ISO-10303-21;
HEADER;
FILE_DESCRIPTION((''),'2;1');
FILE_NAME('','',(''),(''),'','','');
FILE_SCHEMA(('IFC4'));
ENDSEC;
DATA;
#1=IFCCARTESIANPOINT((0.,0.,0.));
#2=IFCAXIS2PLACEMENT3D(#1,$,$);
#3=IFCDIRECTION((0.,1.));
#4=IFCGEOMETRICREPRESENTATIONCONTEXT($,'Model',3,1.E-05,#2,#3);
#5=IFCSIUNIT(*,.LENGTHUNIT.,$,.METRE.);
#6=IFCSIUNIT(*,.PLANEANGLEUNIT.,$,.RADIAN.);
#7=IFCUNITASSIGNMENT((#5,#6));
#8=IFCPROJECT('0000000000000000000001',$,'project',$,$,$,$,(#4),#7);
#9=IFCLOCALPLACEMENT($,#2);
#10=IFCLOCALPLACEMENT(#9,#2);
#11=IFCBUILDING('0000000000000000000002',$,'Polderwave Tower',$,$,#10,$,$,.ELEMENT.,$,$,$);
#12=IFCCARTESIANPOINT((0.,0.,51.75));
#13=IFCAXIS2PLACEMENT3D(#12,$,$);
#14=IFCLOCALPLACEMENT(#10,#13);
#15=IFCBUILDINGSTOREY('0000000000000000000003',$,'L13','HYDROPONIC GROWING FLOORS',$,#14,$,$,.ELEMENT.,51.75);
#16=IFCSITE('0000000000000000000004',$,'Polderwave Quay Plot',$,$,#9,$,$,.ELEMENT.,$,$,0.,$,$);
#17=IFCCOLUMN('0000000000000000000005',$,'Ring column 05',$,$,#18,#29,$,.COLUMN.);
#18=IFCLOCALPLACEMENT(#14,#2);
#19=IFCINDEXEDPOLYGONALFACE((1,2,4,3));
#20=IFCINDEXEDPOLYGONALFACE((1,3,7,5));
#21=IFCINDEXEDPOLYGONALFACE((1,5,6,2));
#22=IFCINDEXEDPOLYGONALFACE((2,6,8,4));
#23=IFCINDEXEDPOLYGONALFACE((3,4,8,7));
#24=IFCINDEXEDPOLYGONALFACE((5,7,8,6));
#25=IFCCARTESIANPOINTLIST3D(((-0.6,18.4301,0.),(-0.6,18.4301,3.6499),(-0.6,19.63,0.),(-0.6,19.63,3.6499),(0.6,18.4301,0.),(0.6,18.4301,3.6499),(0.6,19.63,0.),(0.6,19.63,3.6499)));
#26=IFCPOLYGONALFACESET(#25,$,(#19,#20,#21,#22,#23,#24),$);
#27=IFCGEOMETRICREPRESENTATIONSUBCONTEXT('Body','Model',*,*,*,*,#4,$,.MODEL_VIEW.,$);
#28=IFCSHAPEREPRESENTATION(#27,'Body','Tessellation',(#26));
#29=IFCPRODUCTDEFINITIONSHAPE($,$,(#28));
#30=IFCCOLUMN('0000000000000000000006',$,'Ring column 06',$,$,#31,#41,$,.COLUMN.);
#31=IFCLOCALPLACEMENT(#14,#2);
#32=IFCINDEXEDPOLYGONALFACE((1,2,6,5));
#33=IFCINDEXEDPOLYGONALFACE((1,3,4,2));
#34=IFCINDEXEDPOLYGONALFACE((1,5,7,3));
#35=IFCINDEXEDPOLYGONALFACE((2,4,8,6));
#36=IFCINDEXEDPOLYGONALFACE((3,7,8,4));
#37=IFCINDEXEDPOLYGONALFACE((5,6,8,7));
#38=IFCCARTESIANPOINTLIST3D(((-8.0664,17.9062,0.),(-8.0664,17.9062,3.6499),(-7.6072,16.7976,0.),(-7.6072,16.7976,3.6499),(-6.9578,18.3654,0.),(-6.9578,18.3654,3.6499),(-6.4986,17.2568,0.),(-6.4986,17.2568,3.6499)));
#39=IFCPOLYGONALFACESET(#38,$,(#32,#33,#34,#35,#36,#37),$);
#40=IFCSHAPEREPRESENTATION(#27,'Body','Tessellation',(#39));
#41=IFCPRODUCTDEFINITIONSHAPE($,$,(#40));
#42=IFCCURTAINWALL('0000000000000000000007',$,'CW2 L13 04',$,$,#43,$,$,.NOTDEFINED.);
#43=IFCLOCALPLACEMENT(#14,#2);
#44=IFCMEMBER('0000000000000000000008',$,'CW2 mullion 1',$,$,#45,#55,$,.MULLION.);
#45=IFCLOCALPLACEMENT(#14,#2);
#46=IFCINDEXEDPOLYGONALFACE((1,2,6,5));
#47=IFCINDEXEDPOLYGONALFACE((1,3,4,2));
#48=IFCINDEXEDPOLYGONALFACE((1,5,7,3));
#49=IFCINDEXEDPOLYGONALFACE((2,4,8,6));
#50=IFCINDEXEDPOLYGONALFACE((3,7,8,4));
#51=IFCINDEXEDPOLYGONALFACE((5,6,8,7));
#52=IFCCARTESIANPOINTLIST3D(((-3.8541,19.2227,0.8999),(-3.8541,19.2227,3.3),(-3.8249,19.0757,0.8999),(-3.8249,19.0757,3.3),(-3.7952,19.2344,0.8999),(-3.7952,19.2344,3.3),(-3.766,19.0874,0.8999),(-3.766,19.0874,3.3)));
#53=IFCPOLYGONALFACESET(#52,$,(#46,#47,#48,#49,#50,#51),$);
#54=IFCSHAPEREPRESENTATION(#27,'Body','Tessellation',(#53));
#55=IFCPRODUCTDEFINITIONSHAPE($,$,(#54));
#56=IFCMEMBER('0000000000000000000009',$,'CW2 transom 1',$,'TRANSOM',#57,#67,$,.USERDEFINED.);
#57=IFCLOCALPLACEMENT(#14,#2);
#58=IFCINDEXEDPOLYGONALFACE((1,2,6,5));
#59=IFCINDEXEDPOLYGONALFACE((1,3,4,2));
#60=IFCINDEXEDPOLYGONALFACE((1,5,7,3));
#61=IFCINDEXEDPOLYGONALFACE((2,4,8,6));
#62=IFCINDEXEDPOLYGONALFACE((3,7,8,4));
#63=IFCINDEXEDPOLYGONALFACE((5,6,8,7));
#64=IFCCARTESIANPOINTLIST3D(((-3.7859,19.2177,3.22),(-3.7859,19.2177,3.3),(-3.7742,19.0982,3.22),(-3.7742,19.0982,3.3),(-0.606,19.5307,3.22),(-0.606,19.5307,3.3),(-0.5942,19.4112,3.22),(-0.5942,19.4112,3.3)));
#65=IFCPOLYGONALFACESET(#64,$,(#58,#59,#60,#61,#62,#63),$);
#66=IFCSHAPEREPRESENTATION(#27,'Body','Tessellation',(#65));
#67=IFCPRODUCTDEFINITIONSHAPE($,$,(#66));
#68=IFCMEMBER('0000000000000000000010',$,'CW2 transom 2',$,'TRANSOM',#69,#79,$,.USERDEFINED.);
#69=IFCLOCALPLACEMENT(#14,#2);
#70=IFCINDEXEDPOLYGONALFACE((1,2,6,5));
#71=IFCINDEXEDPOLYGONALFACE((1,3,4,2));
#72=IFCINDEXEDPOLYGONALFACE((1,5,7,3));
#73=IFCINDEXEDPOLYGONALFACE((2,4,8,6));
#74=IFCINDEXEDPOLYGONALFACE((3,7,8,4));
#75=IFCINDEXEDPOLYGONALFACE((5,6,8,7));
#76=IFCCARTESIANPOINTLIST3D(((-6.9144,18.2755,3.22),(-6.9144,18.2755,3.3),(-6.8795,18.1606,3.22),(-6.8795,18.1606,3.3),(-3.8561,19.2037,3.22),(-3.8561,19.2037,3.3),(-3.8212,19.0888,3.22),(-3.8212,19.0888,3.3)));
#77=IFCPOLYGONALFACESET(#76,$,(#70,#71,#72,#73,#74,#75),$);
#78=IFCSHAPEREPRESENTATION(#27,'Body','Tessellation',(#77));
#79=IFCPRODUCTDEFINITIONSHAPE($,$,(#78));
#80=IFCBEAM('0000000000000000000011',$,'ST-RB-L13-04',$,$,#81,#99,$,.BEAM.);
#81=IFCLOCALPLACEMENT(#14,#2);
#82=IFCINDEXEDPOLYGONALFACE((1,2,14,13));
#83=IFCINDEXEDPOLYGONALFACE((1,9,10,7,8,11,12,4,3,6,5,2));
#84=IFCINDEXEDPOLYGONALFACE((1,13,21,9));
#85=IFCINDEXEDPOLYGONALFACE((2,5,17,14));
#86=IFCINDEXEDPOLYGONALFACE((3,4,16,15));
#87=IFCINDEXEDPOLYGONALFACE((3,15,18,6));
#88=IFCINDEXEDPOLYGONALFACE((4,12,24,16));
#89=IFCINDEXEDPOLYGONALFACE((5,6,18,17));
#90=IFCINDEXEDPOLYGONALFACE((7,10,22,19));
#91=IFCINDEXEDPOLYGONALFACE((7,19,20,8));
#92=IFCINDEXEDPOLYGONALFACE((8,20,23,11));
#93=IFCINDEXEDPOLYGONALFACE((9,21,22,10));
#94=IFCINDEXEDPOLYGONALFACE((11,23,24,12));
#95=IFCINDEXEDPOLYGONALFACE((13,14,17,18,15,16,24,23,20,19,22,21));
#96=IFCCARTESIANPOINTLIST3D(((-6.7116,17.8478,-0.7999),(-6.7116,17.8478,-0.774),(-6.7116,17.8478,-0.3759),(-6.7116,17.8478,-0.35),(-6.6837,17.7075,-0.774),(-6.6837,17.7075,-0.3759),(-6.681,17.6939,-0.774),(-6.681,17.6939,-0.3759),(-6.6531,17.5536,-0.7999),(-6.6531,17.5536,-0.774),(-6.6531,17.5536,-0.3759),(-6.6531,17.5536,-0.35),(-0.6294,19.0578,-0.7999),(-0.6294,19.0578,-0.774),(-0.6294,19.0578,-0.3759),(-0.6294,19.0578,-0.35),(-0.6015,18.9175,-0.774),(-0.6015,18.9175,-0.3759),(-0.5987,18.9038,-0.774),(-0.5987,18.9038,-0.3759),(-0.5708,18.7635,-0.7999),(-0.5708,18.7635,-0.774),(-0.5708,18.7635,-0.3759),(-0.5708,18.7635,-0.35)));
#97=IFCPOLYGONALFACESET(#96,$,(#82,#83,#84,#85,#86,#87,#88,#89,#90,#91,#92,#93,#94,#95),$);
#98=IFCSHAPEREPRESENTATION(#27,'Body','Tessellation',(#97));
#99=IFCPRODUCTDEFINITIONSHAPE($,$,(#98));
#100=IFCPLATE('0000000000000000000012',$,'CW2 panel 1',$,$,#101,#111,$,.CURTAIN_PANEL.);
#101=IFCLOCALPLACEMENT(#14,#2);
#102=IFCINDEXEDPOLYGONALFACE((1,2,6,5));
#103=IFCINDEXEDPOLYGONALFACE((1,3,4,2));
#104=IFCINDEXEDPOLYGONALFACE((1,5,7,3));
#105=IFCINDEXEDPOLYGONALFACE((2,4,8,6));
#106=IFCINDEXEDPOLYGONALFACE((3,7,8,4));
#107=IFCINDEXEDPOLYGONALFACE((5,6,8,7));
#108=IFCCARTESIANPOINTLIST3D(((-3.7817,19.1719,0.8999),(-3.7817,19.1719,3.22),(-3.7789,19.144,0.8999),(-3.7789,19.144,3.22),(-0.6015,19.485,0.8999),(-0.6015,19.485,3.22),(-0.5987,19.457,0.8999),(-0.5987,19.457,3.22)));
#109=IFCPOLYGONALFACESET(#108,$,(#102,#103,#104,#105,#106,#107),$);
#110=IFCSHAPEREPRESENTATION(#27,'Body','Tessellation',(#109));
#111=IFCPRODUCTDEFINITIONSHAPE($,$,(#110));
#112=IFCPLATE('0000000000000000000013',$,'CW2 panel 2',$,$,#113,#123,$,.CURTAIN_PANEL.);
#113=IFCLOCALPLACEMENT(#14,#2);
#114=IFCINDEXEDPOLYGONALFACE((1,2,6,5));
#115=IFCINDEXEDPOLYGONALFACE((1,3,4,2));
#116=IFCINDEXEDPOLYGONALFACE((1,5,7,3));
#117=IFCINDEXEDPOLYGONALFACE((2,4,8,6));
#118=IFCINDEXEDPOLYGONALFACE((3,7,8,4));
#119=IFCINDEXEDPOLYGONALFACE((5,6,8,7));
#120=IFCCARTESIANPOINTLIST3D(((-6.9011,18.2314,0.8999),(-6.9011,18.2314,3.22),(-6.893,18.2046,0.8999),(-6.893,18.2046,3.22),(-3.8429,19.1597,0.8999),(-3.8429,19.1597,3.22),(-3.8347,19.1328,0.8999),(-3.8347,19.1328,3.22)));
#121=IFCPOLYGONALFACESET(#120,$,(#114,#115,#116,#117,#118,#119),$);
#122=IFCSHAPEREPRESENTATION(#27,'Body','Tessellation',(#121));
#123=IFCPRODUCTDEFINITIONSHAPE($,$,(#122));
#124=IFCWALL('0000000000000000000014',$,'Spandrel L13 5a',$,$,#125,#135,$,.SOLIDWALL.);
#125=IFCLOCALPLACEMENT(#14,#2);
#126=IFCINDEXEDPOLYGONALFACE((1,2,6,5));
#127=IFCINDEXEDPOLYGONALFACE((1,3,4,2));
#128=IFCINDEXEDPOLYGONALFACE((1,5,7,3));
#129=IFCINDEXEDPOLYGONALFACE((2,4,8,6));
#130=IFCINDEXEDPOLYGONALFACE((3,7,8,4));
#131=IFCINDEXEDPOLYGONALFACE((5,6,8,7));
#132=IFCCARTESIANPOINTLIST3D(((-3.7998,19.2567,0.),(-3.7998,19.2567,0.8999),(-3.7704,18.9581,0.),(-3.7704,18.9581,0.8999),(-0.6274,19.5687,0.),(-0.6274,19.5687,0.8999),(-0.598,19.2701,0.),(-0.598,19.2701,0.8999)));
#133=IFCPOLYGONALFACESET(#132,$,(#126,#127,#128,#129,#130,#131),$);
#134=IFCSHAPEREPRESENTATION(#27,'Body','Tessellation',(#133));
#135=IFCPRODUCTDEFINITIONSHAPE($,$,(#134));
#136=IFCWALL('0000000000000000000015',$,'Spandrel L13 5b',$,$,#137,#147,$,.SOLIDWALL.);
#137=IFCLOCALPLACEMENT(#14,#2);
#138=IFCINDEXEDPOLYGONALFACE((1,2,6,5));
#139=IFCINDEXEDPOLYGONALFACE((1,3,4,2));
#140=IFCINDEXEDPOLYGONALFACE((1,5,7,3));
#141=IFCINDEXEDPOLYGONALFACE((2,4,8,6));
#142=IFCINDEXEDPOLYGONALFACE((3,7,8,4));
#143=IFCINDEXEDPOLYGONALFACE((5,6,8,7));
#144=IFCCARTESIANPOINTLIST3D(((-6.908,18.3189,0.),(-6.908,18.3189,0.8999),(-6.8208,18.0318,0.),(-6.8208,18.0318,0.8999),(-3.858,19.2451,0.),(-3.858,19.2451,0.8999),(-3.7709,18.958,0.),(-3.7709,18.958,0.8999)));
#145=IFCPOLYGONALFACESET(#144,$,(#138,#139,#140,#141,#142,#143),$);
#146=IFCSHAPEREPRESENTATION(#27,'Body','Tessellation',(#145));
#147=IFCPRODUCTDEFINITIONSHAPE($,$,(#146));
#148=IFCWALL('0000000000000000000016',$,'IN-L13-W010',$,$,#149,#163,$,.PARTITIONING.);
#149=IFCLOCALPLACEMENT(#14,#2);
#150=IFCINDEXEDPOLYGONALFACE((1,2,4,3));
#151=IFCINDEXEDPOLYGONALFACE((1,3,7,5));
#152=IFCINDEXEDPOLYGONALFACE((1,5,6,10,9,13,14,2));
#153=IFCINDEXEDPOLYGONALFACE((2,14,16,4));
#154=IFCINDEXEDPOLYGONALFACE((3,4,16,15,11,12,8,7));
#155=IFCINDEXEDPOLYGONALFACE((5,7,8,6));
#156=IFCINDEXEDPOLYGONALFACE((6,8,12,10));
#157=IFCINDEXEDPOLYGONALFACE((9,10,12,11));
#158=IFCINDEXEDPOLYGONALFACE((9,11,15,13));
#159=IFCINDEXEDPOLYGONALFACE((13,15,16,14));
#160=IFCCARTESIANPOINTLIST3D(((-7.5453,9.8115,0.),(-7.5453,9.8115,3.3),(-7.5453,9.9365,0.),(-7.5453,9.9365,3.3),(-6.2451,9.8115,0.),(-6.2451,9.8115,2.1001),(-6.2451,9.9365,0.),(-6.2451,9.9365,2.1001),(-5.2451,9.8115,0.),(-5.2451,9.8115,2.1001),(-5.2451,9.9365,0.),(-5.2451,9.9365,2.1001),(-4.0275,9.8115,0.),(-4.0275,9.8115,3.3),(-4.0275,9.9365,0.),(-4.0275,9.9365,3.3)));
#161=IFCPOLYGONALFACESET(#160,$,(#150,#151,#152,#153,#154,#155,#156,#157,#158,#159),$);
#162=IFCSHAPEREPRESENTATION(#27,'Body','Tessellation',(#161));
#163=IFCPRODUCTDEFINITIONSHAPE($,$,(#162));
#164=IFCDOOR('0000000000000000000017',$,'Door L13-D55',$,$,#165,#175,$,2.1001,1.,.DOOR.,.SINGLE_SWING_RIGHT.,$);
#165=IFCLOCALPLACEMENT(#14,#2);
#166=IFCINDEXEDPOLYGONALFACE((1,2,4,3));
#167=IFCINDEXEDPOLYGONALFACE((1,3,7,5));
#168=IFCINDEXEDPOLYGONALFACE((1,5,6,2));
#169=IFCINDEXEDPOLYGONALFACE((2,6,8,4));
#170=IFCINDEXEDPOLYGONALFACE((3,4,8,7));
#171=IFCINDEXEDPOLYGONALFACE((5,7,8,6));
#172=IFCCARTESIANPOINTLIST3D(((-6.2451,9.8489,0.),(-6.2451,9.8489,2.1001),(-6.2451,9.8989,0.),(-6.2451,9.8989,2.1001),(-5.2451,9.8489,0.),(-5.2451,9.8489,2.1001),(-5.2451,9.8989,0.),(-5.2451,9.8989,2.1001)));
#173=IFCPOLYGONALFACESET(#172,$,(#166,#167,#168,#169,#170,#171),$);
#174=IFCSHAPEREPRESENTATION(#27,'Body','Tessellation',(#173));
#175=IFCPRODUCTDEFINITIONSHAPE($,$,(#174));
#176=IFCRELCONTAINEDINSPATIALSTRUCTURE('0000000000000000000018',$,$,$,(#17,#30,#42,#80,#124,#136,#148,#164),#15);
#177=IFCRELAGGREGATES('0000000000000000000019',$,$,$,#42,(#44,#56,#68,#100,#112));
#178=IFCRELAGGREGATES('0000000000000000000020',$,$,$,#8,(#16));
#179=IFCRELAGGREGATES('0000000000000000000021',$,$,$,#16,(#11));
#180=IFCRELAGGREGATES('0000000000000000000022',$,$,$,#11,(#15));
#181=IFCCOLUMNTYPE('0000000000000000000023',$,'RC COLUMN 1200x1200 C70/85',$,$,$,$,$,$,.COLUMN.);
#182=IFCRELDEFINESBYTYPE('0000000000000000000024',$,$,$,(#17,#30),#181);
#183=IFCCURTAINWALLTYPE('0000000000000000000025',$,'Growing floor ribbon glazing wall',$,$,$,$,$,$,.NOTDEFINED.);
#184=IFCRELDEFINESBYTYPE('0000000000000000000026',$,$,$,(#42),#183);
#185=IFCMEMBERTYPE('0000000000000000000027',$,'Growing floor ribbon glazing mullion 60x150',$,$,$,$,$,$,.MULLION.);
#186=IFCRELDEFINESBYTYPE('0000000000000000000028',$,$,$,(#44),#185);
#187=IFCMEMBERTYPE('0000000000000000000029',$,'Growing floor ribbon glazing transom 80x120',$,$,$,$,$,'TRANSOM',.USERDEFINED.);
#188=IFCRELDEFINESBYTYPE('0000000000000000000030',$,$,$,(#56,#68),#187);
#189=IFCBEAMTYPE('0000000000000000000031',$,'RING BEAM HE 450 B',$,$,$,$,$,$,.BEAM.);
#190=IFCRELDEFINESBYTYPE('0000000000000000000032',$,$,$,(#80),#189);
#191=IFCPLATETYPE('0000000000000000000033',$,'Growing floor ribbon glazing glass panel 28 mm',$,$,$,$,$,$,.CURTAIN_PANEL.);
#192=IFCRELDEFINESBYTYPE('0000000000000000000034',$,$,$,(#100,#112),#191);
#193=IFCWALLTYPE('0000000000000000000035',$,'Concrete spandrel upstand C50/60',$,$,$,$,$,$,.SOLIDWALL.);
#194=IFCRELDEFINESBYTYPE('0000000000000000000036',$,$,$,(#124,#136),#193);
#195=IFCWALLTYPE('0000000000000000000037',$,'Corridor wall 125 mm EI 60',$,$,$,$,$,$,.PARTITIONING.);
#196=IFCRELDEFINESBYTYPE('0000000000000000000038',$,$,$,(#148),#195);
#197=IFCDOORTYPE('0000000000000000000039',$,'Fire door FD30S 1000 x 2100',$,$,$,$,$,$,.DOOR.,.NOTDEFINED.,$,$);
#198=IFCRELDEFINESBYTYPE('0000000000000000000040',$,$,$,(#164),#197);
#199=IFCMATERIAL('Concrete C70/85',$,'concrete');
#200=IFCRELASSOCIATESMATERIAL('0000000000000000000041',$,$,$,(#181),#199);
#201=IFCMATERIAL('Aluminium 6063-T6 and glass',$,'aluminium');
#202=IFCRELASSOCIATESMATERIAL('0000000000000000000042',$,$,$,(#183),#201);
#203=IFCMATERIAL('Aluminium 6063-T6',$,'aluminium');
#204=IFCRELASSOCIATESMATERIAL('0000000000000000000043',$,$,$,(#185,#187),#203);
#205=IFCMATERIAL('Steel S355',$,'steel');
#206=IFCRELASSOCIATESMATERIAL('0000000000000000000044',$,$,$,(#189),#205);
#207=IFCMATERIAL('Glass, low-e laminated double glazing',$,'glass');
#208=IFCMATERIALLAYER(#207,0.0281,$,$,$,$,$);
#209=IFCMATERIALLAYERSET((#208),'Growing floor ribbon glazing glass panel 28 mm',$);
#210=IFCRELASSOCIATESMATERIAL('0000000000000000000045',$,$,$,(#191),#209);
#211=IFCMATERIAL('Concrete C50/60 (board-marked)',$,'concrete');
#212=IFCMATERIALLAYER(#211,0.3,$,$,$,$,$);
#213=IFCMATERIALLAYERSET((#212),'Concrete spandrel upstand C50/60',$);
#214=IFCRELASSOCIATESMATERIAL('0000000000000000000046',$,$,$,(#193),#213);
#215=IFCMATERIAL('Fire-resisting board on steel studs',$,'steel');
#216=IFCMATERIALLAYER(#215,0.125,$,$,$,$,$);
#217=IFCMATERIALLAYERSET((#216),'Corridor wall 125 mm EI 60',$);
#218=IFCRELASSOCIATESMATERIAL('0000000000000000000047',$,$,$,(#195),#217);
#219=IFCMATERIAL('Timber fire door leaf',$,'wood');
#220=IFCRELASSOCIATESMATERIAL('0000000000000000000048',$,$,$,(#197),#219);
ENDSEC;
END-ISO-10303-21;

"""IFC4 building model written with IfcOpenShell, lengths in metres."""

from ifc_helpers import new_model, si_unit, direction, frame, frame_2d, origin, origin_2d, place, context, subcontext, project, spatial, rectangle, i_section, extrude, material, layer, layer_set, material_profile, profile_set, type_object, element, fill, aggregate, save


model = new_model("IFC4")

# Units and contexts
model_context = context("Model", 3, precision=1e-05, world=origin(), true_north=direction((0.0, 1.0)))
body_context = subcontext(model_context, "Body", "Model", "MODEL_VIEW")
ifc_project = project(units=[si_unit("LENGTHUNIT", "METRE"), si_unit("PLANEANGLEUNIT", "RADIAN")], contexts=[model_context])

# Site, building, storey
site_placement = place(None, origin())
site = spatial("IfcSite", under=ifc_project, at=site_placement, Name="Polderwave Quay Plot", CompositionType="ELEMENT", RefElevation=0.0)
building_placement = place(site_placement, origin())
building = spatial("IfcBuilding", under=site, at=building_placement, Name="Polderwave Tower", CompositionType="ELEMENT")
storey_placement = place(building_placement, frame((0.0, 0.0, 51.75)))
storey = spatial("IfcBuildingStorey", under=building, at=storey_placement, Name="L13", Description="HYDROPONIC GROWING FLOORS", CompositionType="ELEMENT", Elevation=51.75)

# Columns
ifc_material_1 = material(Name="Concrete C70/85", Category="concrete")
ifc_material_profile_1 = material_profile(ifc_material_1, rectangle(XDim=1.2, YDim=1.2, at=origin_2d()), Name="RC 1200x1200")
ifc_profile_set_1 = profile_set([ifc_material_profile_1], Name="Concrete C70/85")
column_type = type_object("IfcColumnType", Name="RC COLUMN 1200x1200 C70/85", PredefinedType="COLUMN", material=ifc_profile_set_1)
for number, where, z_axis, x_axis, name in (
    (1, (0.0, 19.03, 0.0), (0.0, 0.0, 1.0), (0.0, 1.0, 0.0), "Ring column 05"),
    (2, (-7.2825, 17.5815, 0.0), (0.0, 0.0, 1.0), (-0.382683, 0.92388, 0.0), "Ring column 06"),
):
    element("IfcColumn", number, at=place(storey_placement, frame(where, z_axis=z_axis, x_axis=x_axis)), inside=storey, type_object=column_type, Name=name, PredefinedType="COLUMN", context=body_context, shape_type="SweptSolid", body=[
        extrude(rectangle(XDim=1.2, YDim=1.2, at=origin_2d()), origin(), (0.0, 0.0, 1.0), 3.6499),
    ])

# Curtain wall, members
ifc_material_2 = material(Name="Aluminium 6063-T6 and glass", Category="aluminium")
curtain_wall_type = type_object("IfcCurtainWallType", Name="Growing floor ribbon glazing wall", PredefinedType="NOTDEFINED", material=ifc_material_2)
curtain_wall_placement = place(storey_placement, origin())
curtain_wall = element("IfcCurtainWall", 3, at=curtain_wall_placement, inside=storey, type_object=curtain_wall_type, Name="CW2 L13 04", PredefinedType="NOTDEFINED")
ifc_material_3 = material(Name="Aluminium 6063-T6", Category="aluminium")
ifc_material_profile_2 = material_profile(ifc_material_3, rectangle(XDim=0.1499, YDim=0.0601, at=origin_2d()), Name="AL 60x150")
ifc_profile_set_2 = profile_set([ifc_material_profile_2], Name="Aluminium 6063-T6")
member_type_1 = type_object("IfcMemberType", Name="Growing floor ribbon glazing mullion 60x150", PredefinedType="MULLION", material=ifc_profile_set_2)
member_1_placement = place(storey_placement, frame((-3.8101, 19.155, 0.8999), z_axis=(0.0, 0.0, 1.0), x_axis=(0.195149, -0.980774, 0.0)))
member_1 = element("IfcMember", 4, at=member_1_placement, type_object=member_type_1, Name="CW2 mullion 1", PredefinedType="MULLION", context=body_context, shape_type="SweptSolid", body=[
    extrude(rectangle(XDim=0.1499, YDim=0.0601, at=origin_2d()), origin(), (0.0, 0.0, 1.0), 2.4001),
])
ifc_material_profile_3 = material_profile(ifc_material_3, rectangle(XDim=0.1201, YDim=0.0801, at=origin_2d()), Name="AL 80x120")
ifc_profile_set_3 = profile_set([ifc_material_profile_3], Name="Aluminium 6063-T6")
member_type_2 = type_object("IfcMemberType", Name="Growing floor ribbon glazing transom 80x120", ElementType="TRANSOM", PredefinedType="USERDEFINED", material=ifc_profile_set_3)
member_2_placement = place(storey_placement, frame((-0.6001, 19.4709, 3.26), z_axis=(-0.995191, -0.097953, 0.0), x_axis=(0.097953, -0.995191, 0.0)))
member_2 = element("IfcMember", 5, at=member_2_placement, type_object=member_type_2, Name="CW2 transom 1", ObjectType="TRANSOM", PredefinedType="USERDEFINED", context=body_context, shape_type="SweptSolid", body=[
    extrude(rectangle(XDim=0.1201, YDim=0.0801, at=origin_2d()), origin(), (0.0, 0.0, 1.0), 3.1953),
])
member_3_placement = place(storey_placement, frame((-3.8386, 19.1462, 3.26), z_axis=(-0.956898, -0.290423, 0.0), x_axis=(0.290423, -0.956898, 0.0)))
member_3 = element("IfcMember", 6, at=member_3_placement, type_object=member_type_2, Name="CW2 transom 2", ObjectType="TRANSOM", PredefinedType="USERDEFINED", context=body_context, shape_type="SweptSolid", body=[
    extrude(rectangle(XDim=0.1201, YDim=0.0801, at=origin_2d()), origin(), (0.0, 0.0, 1.0), 3.196),
])

# Beam
ifc_material_4 = material(Name="Steel S355", Category="steel")
ifc_material_profile_4 = material_profile(ifc_material_4, i_section(OverallWidth=0.3, OverallDepth=0.45, WebThickness=0.0139, FlangeThickness=0.0259, at=origin_2d()), Name="HE 450 B")
ifc_profile_set_4 = profile_set([ifc_material_profile_4], Name="Steel S355")
beam_type = type_object("IfcBeamType", Name="RING BEAM HE 450 B", PredefinedType="BEAM", material=ifc_profile_set_4)
beam_placement = place(storey_placement, frame((-0.6001, 18.9106, -0.575), z_axis=(-0.980782, -0.195109, 0.0), x_axis=(0.195109, -0.980782, 0.0)))
element("IfcBeam", 7, at=beam_placement, inside=storey, type_object=beam_type, Name="ST-RB-L13-04", PredefinedType="BEAM", context=body_context, shape_type="SweptSolid", body=[
    extrude(i_section(OverallWidth=0.3, OverallDepth=0.45, WebThickness=0.0139, FlangeThickness=0.0259, at=origin_2d()), origin(), (0.0, 0.0, 1.0), 6.2014),
])

# Plates
ifc_material_5 = material(Name="Glass, low-e laminated double glazing", Category="glass")
ifc_layer_1 = layer(ifc_material_5, 0.0281)
ifc_layer_set_1 = layer_set([ifc_layer_1], Name="Growing floor ribbon glazing glass panel 28 mm")
plate_type = type_object("IfcPlateType", Name="Growing floor ribbon glazing glass panel 28 mm", PredefinedType="CURTAIN_PANEL", material=ifc_layer_set_1)
plate_1_placement = place(storey_placement, frame((-2.1902, 19.3145, 0.8999), z_axis=(0.0, 0.0, 1.0), x_axis=(-0.99519, -0.097969, 0.0)))
plate_1 = element("IfcPlate", 8, at=plate_1_placement, type_object=plate_type, Name="CW2 panel 1", PredefinedType="CURTAIN_PANEL", context=body_context, shape_type="SweptSolid", body=[
    extrude(rectangle(XDim=3.1956, YDim=0.0281, at=origin_2d()), origin(), (0.0, 0.0, 1.0), 2.3201),
])
plate_2_placement = place(storey_placement, frame((-5.3679, 18.6821, 0.8999), z_axis=(0.0, 0.0, 1.0), x_axis=(-0.956891, -0.290447, 0.0)))
plate_2 = element("IfcPlate", 9, at=plate_2_placement, type_object=plate_type, Name="CW2 panel 2", PredefinedType="CURTAIN_PANEL", context=body_context, shape_type="SweptSolid", body=[
    extrude(rectangle(XDim=3.196, YDim=0.0281, at=origin_2d()), origin(), (0.0, 0.0, 1.0), 2.3201),
])
aggregate(curtain_wall, [member_1, member_2, member_3, plate_1, plate_2])

# Walls
ifc_material_6 = material(Name="Concrete C50/60 (board-marked)", Category="concrete")
ifc_layer_2 = layer(ifc_material_6, 0.3)
ifc_layer_set_2 = layer_set([ifc_layer_2], Name="Concrete spandrel upstand C50/60")
wall_type_1 = type_object("IfcWallType", Name="Concrete spandrel upstand C50/60", PredefinedType="SOLIDWALL", material=ifc_layer_set_2)
wall_1_placement = place(storey_placement, frame((-0.6128, 19.4194, 0.0), z_axis=(0.0, 0.0, 1.0), x_axis=(-0.995198, -0.097881, 0.0)))
element("IfcWall", 10, at=wall_1_placement, inside=storey, type_object=wall_type_1, Name="Spandrel L13 5a", PredefinedType="SOLIDWALL", context=body_context, shape_type="SweptSolid", body=[
    extrude(rectangle(XDim=3.1877, YDim=0.3, at=frame_2d((1.5938, 0.0))), origin(), (0.0, 0.0, 1.0), 0.8999),
])
wall_2_placement = place(storey_placement, frame((-3.8145, 19.1016, 0.0), z_axis=(0.0, 0.0, 1.0), x_axis=(-0.956849, -0.290586, 0.0)))
element("IfcWall", 11, at=wall_2_placement, inside=storey, type_object=wall_type_1, Name="Spandrel L13 5b", PredefinedType="SOLIDWALL", context=body_context, shape_type="SweptSolid", body=[
    extrude(rectangle(XDim=3.1875, YDim=0.3, at=frame_2d((1.5938, 0.0))), origin(), (0.0, 0.0, 1.0), 0.8999),
])

# Wall, opening, door
ifc_material_7 = material(Name="Fire-resisting board on steel studs", Category="steel")
ifc_layer_3 = layer(ifc_material_7, 0.125)
ifc_layer_set_3 = layer_set([ifc_layer_3], Name="Corridor wall 125 mm EI 60")
wall_type_2 = type_object("IfcWallType", Name="Corridor wall 125 mm EI 60", PredefinedType="PARTITIONING", material=ifc_layer_set_3)
wall_3_placement = place(storey_placement, frame((-7.5452, 9.874, 0.0), z_axis=(0.0, 0.0, 1.0), x_axis=(1.0, 0.0, 0.0)))
wall_3 = element("IfcWall", 12, at=wall_3_placement, inside=storey, type_object=wall_type_2, Name="IN-L13-W010", PredefinedType="PARTITIONING", context=body_context, shape_type="SweptSolid", body=[
    extrude(rectangle(XDim=3.5178, YDim=0.125, at=frame_2d((1.7588, 0.0))), origin(), (0.0, 0.0, 1.0), 3.3),
])
opening_1_placement = place(wall_3_placement, frame((1.3, 0.0, 0.0)))
opening_1 = element("IfcOpeningElement", 13, at=opening_1_placement, cuts=wall_3, PredefinedType="OPENING", context=body_context, shape_type="SweptSolid", body=[
    extrude(rectangle(XDim=1.0, YDim=2.1001, at=frame_2d((0.5, 1.05))), frame((0.0, 0.0725, 0.0), z_axis=(0.0, -1.0, 0.0), x_axis=(1.0, 0.0, 0.0)), (0.0, 0.0, 1.0), 0.145),
])
ifc_material_8 = material(Name="Timber fire door leaf", Category="wood")
door_type = type_object("IfcDoorType", Name="Fire door FD30S 1000 x 2100", OperationType="NOTDEFINED", PredefinedType="DOOR", material=ifc_material_8)
door_1_placement = place(opening_1_placement, origin())
door_1 = element("IfcDoor", 14, at=door_1_placement, inside=storey, type_object=door_type, Name="Door L13-D55", OperationType="SINGLE_SWING_RIGHT", OverallHeight=2.1001, OverallWidth=1.0, PredefinedType="DOOR", context=body_context, shape_type="SweptSolid", body=[
    extrude(rectangle(XDim=1.0, YDim=2.1001, at=frame_2d((0.5, 1.05))), frame((0.0, 0.0249, 0.0), z_axis=(0.0, -1.0, 0.0), x_axis=(1.0, 0.0, 0.0)), (0.0, 0.0, 1.0), 0.05),
])
fill(opening_1, door_1)

save(model, "model.ifc")
